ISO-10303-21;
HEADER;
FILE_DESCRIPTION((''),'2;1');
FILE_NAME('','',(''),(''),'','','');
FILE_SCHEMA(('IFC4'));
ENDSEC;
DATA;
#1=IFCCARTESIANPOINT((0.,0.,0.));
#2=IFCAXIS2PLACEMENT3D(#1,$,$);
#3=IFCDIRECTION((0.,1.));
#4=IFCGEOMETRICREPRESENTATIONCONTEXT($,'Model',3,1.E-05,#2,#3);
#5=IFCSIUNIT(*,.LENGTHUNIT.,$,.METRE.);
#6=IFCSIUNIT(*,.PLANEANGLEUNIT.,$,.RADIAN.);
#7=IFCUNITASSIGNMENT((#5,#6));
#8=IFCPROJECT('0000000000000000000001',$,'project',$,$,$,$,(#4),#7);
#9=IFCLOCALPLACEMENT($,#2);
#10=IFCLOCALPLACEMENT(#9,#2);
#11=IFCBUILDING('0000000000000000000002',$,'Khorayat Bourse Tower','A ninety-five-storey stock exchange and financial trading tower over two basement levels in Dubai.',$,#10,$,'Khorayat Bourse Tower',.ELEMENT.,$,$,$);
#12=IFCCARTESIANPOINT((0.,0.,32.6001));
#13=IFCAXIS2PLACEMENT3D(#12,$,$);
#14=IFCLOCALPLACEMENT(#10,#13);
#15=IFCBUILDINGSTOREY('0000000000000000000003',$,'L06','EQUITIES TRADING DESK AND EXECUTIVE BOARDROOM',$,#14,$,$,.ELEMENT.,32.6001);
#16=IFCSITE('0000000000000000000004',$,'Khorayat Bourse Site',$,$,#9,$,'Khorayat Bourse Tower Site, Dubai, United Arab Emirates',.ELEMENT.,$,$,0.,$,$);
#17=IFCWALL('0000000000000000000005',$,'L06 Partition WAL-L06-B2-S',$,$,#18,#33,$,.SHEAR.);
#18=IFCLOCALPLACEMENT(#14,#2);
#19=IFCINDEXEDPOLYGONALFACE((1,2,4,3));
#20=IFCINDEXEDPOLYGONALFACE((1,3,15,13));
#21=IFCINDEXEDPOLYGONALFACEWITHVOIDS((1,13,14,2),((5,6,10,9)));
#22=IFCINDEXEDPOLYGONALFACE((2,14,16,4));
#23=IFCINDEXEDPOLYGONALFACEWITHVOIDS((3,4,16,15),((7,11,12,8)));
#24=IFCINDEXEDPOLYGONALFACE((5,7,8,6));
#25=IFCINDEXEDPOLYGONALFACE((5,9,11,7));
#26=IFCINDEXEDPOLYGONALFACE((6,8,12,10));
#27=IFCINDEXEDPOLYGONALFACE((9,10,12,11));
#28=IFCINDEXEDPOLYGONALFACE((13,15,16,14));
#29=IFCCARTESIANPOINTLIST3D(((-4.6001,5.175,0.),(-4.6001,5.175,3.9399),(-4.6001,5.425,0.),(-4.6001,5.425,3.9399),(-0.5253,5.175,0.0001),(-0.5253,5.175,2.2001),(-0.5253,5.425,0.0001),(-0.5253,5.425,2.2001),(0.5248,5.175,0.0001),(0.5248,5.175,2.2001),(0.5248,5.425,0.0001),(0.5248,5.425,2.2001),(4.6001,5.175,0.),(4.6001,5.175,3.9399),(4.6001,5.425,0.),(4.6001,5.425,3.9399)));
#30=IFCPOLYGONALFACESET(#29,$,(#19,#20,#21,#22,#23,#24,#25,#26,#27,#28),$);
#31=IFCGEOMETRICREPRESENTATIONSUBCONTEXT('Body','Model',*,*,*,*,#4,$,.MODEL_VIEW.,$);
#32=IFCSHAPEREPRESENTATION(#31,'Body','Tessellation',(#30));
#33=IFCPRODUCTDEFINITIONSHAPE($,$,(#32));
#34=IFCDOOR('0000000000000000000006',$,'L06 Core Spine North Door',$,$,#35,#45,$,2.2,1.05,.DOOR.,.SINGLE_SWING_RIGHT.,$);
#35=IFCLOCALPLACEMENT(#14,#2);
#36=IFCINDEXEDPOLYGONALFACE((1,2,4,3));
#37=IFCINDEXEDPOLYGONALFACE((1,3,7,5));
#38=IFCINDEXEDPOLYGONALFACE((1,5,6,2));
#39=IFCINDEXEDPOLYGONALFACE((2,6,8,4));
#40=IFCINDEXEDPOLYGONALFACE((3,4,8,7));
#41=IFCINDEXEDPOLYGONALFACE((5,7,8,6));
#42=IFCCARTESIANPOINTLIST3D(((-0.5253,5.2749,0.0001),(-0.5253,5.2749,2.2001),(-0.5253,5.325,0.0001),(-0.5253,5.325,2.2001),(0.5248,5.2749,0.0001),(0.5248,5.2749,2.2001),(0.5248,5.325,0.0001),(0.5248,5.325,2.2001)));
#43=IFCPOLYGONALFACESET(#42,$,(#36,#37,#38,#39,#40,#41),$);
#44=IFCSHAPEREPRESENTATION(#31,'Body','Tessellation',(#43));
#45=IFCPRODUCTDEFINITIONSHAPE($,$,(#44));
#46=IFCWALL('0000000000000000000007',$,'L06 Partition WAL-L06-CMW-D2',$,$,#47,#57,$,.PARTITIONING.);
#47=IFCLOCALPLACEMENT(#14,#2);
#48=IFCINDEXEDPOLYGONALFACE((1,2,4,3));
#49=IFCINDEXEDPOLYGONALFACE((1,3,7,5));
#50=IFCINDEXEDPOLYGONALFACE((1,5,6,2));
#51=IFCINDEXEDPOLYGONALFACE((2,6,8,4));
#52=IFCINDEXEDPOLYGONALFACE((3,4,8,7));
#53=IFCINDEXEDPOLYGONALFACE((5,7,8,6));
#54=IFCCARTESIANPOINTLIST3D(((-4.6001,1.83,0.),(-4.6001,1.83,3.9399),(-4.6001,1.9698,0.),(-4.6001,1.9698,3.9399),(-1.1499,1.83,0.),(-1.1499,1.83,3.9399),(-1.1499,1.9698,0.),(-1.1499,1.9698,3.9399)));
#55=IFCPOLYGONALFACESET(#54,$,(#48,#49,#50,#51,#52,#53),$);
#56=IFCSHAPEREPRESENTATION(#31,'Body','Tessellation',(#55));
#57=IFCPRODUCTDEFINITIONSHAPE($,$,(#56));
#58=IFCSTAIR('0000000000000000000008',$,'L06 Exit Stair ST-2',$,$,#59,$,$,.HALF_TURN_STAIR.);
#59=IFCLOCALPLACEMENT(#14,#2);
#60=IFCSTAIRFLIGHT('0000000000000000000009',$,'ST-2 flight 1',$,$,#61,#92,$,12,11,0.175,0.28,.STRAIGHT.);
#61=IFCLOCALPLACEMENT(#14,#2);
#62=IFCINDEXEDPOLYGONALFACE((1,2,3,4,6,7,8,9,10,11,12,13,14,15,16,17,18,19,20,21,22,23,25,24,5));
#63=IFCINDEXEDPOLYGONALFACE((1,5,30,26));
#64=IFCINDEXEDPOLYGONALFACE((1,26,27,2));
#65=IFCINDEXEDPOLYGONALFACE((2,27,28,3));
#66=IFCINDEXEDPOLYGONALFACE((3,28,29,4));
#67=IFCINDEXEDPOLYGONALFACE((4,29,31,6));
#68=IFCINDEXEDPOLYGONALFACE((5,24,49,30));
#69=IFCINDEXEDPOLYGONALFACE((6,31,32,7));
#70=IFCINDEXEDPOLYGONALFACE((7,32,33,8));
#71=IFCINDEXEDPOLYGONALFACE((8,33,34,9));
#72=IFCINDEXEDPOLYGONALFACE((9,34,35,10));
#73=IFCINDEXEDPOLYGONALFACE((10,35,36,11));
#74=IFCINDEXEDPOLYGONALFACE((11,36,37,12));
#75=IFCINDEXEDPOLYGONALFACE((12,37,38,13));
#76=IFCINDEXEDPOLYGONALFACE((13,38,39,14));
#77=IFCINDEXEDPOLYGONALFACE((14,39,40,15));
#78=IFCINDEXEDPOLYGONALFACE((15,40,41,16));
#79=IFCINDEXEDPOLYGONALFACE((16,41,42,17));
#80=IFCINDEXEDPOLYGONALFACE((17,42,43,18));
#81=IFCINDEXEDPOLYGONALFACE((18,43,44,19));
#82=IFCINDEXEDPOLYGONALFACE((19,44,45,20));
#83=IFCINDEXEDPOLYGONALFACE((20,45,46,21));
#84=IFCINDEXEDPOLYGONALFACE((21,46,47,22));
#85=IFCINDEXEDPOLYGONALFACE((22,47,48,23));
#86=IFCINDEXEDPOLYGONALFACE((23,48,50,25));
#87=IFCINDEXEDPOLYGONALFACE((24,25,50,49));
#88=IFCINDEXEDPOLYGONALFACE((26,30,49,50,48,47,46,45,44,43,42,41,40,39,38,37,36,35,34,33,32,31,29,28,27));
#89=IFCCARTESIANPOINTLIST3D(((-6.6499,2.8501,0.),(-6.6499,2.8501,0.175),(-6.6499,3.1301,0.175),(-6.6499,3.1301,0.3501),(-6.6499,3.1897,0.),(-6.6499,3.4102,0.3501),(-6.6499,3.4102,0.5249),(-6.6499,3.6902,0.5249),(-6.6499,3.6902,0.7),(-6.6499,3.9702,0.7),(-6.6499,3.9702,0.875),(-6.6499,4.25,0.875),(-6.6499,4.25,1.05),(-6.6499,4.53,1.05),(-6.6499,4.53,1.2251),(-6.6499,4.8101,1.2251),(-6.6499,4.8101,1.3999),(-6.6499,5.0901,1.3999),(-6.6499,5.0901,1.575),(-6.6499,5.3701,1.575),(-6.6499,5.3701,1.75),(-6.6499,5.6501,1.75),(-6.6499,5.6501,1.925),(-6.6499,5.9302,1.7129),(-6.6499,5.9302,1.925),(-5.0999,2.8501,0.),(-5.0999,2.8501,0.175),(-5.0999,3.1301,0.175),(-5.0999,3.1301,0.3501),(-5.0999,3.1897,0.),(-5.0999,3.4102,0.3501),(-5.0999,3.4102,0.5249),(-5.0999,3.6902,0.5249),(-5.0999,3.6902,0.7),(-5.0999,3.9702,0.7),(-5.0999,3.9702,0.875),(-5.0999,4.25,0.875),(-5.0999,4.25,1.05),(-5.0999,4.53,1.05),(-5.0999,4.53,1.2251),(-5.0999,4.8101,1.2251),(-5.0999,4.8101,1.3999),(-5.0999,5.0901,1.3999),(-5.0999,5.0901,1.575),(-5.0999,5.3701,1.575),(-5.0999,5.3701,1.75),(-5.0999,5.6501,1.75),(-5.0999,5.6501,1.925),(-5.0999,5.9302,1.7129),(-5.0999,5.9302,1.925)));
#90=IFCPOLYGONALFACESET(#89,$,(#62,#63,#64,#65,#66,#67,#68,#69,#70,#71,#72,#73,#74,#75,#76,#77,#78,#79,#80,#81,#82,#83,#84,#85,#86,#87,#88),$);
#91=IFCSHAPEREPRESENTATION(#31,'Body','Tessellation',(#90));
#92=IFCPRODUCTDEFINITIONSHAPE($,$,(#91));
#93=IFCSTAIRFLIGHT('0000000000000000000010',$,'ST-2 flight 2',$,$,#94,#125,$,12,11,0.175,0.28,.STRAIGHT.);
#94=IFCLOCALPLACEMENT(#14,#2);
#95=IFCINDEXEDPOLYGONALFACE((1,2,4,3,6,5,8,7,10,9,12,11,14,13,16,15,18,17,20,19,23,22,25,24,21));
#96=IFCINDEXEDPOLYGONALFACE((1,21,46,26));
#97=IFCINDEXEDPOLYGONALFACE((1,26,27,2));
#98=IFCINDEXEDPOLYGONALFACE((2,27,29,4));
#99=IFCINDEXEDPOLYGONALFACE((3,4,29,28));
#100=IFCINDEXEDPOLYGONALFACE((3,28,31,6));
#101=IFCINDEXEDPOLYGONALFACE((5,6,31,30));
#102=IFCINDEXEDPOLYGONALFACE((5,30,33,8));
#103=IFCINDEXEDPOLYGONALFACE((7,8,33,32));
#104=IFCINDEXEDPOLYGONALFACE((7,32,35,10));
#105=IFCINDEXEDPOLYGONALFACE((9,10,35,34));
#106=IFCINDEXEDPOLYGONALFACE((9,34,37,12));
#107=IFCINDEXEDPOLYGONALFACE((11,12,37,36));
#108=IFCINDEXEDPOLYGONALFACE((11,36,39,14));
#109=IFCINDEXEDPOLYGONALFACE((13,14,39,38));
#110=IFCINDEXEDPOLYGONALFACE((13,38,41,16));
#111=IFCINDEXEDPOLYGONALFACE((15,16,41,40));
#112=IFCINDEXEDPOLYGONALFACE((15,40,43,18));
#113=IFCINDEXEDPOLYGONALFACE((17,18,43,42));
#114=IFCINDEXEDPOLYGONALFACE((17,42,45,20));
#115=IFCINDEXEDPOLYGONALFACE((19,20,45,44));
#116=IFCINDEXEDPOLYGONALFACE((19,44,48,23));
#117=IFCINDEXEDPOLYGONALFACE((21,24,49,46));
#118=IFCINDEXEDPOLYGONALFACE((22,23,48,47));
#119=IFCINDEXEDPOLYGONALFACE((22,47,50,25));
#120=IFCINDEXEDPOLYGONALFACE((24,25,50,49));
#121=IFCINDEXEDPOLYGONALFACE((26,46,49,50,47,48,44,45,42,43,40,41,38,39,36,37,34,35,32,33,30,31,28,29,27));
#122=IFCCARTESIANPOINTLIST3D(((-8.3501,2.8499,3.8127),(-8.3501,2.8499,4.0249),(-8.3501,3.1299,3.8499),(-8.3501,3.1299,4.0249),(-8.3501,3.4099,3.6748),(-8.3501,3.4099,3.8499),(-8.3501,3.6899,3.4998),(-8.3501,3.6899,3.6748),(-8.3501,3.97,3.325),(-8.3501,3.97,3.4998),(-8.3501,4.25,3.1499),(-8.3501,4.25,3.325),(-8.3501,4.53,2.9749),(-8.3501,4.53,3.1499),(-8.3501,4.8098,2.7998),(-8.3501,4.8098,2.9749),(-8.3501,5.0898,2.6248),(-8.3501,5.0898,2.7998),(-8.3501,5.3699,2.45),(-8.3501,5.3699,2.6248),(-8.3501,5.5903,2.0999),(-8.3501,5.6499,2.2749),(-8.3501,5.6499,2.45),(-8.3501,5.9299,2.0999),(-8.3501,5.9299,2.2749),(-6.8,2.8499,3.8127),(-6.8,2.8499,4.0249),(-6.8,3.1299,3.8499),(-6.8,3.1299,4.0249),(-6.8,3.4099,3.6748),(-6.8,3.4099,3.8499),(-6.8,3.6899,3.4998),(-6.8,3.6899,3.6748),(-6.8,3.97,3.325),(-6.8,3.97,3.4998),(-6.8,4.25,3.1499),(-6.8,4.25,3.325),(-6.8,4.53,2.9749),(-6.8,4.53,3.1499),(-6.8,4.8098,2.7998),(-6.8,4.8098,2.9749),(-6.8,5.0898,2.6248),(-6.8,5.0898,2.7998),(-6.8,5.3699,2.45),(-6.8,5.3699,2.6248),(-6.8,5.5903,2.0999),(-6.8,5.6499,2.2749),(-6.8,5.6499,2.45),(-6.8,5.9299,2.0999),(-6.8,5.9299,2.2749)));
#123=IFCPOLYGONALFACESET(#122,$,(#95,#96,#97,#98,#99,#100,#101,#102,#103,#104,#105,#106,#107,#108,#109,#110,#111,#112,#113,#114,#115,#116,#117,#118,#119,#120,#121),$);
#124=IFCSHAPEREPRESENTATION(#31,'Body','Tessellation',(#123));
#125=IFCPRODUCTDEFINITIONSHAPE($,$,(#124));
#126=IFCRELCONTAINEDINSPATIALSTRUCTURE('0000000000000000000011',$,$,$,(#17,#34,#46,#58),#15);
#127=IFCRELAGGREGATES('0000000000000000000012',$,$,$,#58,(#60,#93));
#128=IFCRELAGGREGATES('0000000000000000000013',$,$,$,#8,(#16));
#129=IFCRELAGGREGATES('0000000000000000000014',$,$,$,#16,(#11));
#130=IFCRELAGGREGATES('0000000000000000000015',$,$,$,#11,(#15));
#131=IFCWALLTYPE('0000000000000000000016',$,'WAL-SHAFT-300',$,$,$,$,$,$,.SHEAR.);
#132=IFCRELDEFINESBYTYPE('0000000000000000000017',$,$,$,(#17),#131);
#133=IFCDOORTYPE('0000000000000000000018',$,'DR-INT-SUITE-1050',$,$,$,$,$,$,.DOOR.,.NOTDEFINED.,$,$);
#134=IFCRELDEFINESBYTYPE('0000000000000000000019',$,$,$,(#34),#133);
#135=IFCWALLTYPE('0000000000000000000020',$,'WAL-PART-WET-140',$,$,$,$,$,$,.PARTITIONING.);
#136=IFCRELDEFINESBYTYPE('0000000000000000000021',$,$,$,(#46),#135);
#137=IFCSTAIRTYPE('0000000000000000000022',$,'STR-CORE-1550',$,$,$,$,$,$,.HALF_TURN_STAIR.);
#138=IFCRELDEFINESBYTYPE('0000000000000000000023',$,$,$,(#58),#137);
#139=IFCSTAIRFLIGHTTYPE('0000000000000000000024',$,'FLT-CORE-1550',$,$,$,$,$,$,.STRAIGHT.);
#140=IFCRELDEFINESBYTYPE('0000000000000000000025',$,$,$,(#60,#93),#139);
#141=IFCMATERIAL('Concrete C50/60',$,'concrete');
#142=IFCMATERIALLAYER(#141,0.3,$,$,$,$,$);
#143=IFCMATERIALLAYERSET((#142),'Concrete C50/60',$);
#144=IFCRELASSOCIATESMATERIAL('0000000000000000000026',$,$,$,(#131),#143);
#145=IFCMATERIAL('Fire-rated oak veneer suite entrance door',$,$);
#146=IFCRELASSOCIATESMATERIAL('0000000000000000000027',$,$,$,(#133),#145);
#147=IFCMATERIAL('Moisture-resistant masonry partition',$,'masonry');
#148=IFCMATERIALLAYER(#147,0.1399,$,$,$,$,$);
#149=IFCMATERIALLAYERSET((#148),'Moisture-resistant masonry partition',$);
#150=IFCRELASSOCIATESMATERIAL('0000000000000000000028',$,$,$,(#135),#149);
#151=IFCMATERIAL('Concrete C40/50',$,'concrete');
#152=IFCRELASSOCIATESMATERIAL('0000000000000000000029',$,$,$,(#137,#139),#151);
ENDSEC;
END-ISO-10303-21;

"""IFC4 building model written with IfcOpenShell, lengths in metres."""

from ifc_helpers import new_model, si_unit, direction, frame, frame_2d, origin, place, context, subcontext, project, spatial, polyline, rectangle, outline, extrude, source, transform, mapped, material, layer, layer_set, type_object, element, fill, aggregate, save


model = new_model("IFC4")

# Units and contexts
model_context = context("Model", 3, precision=1e-05, world=origin(), true_north=direction((0.0, 1.0)))
body_context = subcontext(model_context, "Body", "Model", "MODEL_VIEW")
ifc_project = project(units=[si_unit("LENGTHUNIT", "METRE"), si_unit("PLANEANGLEUNIT", "RADIAN")], contexts=[model_context])

# Site, building, storey
site_placement = place(None, origin())
site = spatial("IfcSite", under=ifc_project, at=site_placement, Name="Khorayat Bourse Site", LongName="Khorayat Bourse Tower Site, Dubai, United Arab Emirates", CompositionType="ELEMENT", RefElevation=0.0)
building_placement = place(site_placement, origin())
building = spatial("IfcBuilding", under=site, at=building_placement, Name="Khorayat Bourse Tower", Description="A ninety-five-storey stock exchange and financial trading tower over two basement levels in Dubai.", LongName="Khorayat Bourse Tower", CompositionType="ELEMENT")
storey_placement = place(building_placement, frame((0.0, 0.0, 32.6001)))
storey = spatial("IfcBuildingStorey", under=building, at=storey_placement, Name="L06", Description="EQUITIES TRADING DESK AND EXECUTIVE BOARDROOM", CompositionType="ELEMENT", Elevation=32.6001)

# Shared definitions
ifc_material_1 = material(Name="Concrete C50/60", Category="concrete")
ifc_layer_1 = layer(ifc_material_1, 0.3)
ifc_layer_set_1 = layer_set([ifc_layer_1], Name="Concrete C50/60")
wall_type_1 = type_object("IfcWallType", Name="WAL-SHAFT-300", PredefinedType="SHEAR", material=ifc_layer_set_1)

# Wall, opening, door
shared_shape_1 = source(origin(), body_context, "Body", "SweptSolid", [
    extrude(rectangle(XDim=9.2002, YDim=0.25, at=frame_2d((4.6001, 0.0))), origin(), (0.0, 0.0, 1.0), 3.9399),
])
wall_1_placement = place(storey_placement, frame((-4.6001, 5.3, 0.0), z_axis=(0.0, 0.0, 1.0), x_axis=(1.0, 0.0, 0.0)))
wall_1 = element("IfcWall", 1, at=wall_1_placement, inside=storey, type_object=wall_type_1, Name="L06 Partition WAL-L06-B2-S", PredefinedType="SHEAR", context=body_context, shape_type="MappedRepresentation", body=[
    mapped(shared_shape_1, transform((0.0, 0.0, 0.0), scale=1.0)),
])
shared_shape_2 = source(origin(), body_context, "Body", "SweptSolid", [
    extrude(rectangle(XDim=1.05, YDim=2.2, at=frame_2d((0.5249, 1.1001))), frame((0.0, 0.135, 0.0), z_axis=(0.0, -1.0, 0.0), x_axis=(1.0, 0.0, 0.0)), (0.0, 0.0, 1.0), 0.27),
])
opening_placement = place(wall_1_placement, frame((4.075, 0.0, 0.0)))
opening = element("IfcOpeningElement", 2, at=opening_placement, cuts=wall_1, PredefinedType="OPENING", context=body_context, shape_type="MappedRepresentation", body=[
    mapped(shared_shape_2, transform((0.0, 0.0, 0.0), scale=1.0)),
])
ifc_material_2 = material(Name="Fire-rated oak veneer suite entrance door")
door_type = type_object("IfcDoorType", Name="DR-INT-SUITE-1050", OperationType="NOTDEFINED", PredefinedType="DOOR", material=ifc_material_2)
shared_shape_3 = source(origin(), body_context, "Body", "SweptSolid", [
    extrude(rectangle(XDim=1.05, YDim=2.2, at=frame_2d((0.5249, 1.1001))), frame((0.0, 0.0249, 0.0), z_axis=(0.0, -1.0, 0.0), x_axis=(1.0, 0.0, 0.0)), (0.0, 0.0, 1.0), 0.05),
])
door_placement = place(opening_placement, origin())
door = element("IfcDoor", 3, at=door_placement, inside=storey, type_object=door_type, Name="L06 Core Spine North Door", OperationType="SINGLE_SWING_RIGHT", OverallHeight=2.2, OverallWidth=1.05, PredefinedType="DOOR", context=body_context, shape_type="MappedRepresentation", body=[
    mapped(shared_shape_3, transform((0.0, 0.0, 0.0), scale=1.0)),
])
fill(opening, door)

# Wall
ifc_material_3 = material(Name="Moisture-resistant masonry partition", Category="masonry")
ifc_layer_2 = layer(ifc_material_3, 0.1399)
ifc_layer_set_2 = layer_set([ifc_layer_2], Name="Moisture-resistant masonry partition")
wall_type_2 = type_object("IfcWallType", Name="WAL-PART-WET-140", PredefinedType="PARTITIONING", material=ifc_layer_set_2)
shared_shape_4 = source(origin(), body_context, "Body", "SweptSolid", [
    extrude(rectangle(XDim=3.4502, YDim=0.1399, at=frame_2d((1.7251, 0.0))), origin(), (0.0, 0.0, 1.0), 3.9399),
])
wall_2_placement = place(storey_placement, frame((-4.6001, 1.8999, 0.0), z_axis=(0.0, 0.0, 1.0), x_axis=(1.0, 0.0, 0.0)))
element("IfcWall", 4, at=wall_2_placement, inside=storey, type_object=wall_type_2, Name="L06 Partition WAL-L06-CMW-D2", PredefinedType="PARTITIONING", context=body_context, shape_type="MappedRepresentation", body=[
    mapped(shared_shape_4, transform((0.0, 0.0, 0.0), scale=1.0)),
])

# Stair, stair flights
ifc_material_4 = material(Name="Concrete C40/50", Category="concrete")
stair_type = type_object("IfcStairType", Name="STR-CORE-1550", PredefinedType="HALF_TURN_STAIR", material=ifc_material_4)
stair_placement = place(storey_placement, origin())
stair = element("IfcStair", 5, at=stair_placement, inside=storey, type_object=stair_type, Name="L06 Exit Stair ST-2", PredefinedType="HALF_TURN_STAIR")
stair_flight_type = type_object("IfcStairFlightType", Name="FLT-CORE-1550", PredefinedType="STRAIGHT", material=ifc_material_4)
shared_shape_5 = source(origin(), body_context, "Body", "SweptSolid", [
    extrude(outline(polyline([(0.0, 0.0), (0.0, 0.175), (0.28, 0.175), (0.28, 0.3501), (0.5601, 0.3501), (0.5601, 0.5249), (0.8401, 0.5249), (0.8401, 0.7), (1.1201, 0.7), (1.1201, 0.875), (1.3999, 0.875), (1.3999, 1.05), (1.6799, 1.05), (1.6799, 1.2251), (1.96, 1.2251), (1.96, 1.3999), (2.24, 1.3999), (2.24, 1.575), (2.52, 1.575), (2.52, 1.75), (2.8, 1.75), (2.8, 1.925), (3.0801, 1.925), (3.0801, 2.1001), (3.0801, 1.7129), (0.3396, 0.0), (0.0, 0.0)])), frame((0.0, 0.7749, 0.0), z_axis=(0.0, -1.0, 0.0), x_axis=(1.0, 0.0, 0.0)), (0.0, 0.0, 1.0), 1.55),
])
stair_flight_1_placement = place(storey_placement, frame((-5.875, 2.8501, 0.0), z_axis=(0.0, 0.0, 1.0), x_axis=(0.0, 1.0, 0.0)))
stair_flight_1 = element("IfcStairFlight", 6, at=stair_flight_1_placement, type_object=stair_flight_type, Name="ST-2 flight 1", NumberOfRisers=12, NumberOfTreads=11, PredefinedType="STRAIGHT", RiserHeight=0.175, TreadLength=0.28, context=body_context, shape_type="MappedRepresentation", body=[
    mapped(shared_shape_5, transform((0.0, 0.0, 0.0), scale=1.0)),
])
stair_flight_2_placement = place(storey_placement, frame((-7.575, 5.9299, 2.0999), z_axis=(0.0, 0.0, 1.0), x_axis=(0.0, -1.0, 0.0)))
stair_flight_2 = element("IfcStairFlight", 7, at=stair_flight_2_placement, type_object=stair_flight_type, Name="ST-2 flight 2", NumberOfRisers=12, NumberOfTreads=11, PredefinedType="STRAIGHT", RiserHeight=0.175, TreadLength=0.28, context=body_context, shape_type="MappedRepresentation", body=[
    mapped(shared_shape_5, transform((0.0, 0.0, 0.0), scale=1.0)),
])
aggregate(stair, [stair_flight_1, stair_flight_2])

save(model, "model.ifc")
